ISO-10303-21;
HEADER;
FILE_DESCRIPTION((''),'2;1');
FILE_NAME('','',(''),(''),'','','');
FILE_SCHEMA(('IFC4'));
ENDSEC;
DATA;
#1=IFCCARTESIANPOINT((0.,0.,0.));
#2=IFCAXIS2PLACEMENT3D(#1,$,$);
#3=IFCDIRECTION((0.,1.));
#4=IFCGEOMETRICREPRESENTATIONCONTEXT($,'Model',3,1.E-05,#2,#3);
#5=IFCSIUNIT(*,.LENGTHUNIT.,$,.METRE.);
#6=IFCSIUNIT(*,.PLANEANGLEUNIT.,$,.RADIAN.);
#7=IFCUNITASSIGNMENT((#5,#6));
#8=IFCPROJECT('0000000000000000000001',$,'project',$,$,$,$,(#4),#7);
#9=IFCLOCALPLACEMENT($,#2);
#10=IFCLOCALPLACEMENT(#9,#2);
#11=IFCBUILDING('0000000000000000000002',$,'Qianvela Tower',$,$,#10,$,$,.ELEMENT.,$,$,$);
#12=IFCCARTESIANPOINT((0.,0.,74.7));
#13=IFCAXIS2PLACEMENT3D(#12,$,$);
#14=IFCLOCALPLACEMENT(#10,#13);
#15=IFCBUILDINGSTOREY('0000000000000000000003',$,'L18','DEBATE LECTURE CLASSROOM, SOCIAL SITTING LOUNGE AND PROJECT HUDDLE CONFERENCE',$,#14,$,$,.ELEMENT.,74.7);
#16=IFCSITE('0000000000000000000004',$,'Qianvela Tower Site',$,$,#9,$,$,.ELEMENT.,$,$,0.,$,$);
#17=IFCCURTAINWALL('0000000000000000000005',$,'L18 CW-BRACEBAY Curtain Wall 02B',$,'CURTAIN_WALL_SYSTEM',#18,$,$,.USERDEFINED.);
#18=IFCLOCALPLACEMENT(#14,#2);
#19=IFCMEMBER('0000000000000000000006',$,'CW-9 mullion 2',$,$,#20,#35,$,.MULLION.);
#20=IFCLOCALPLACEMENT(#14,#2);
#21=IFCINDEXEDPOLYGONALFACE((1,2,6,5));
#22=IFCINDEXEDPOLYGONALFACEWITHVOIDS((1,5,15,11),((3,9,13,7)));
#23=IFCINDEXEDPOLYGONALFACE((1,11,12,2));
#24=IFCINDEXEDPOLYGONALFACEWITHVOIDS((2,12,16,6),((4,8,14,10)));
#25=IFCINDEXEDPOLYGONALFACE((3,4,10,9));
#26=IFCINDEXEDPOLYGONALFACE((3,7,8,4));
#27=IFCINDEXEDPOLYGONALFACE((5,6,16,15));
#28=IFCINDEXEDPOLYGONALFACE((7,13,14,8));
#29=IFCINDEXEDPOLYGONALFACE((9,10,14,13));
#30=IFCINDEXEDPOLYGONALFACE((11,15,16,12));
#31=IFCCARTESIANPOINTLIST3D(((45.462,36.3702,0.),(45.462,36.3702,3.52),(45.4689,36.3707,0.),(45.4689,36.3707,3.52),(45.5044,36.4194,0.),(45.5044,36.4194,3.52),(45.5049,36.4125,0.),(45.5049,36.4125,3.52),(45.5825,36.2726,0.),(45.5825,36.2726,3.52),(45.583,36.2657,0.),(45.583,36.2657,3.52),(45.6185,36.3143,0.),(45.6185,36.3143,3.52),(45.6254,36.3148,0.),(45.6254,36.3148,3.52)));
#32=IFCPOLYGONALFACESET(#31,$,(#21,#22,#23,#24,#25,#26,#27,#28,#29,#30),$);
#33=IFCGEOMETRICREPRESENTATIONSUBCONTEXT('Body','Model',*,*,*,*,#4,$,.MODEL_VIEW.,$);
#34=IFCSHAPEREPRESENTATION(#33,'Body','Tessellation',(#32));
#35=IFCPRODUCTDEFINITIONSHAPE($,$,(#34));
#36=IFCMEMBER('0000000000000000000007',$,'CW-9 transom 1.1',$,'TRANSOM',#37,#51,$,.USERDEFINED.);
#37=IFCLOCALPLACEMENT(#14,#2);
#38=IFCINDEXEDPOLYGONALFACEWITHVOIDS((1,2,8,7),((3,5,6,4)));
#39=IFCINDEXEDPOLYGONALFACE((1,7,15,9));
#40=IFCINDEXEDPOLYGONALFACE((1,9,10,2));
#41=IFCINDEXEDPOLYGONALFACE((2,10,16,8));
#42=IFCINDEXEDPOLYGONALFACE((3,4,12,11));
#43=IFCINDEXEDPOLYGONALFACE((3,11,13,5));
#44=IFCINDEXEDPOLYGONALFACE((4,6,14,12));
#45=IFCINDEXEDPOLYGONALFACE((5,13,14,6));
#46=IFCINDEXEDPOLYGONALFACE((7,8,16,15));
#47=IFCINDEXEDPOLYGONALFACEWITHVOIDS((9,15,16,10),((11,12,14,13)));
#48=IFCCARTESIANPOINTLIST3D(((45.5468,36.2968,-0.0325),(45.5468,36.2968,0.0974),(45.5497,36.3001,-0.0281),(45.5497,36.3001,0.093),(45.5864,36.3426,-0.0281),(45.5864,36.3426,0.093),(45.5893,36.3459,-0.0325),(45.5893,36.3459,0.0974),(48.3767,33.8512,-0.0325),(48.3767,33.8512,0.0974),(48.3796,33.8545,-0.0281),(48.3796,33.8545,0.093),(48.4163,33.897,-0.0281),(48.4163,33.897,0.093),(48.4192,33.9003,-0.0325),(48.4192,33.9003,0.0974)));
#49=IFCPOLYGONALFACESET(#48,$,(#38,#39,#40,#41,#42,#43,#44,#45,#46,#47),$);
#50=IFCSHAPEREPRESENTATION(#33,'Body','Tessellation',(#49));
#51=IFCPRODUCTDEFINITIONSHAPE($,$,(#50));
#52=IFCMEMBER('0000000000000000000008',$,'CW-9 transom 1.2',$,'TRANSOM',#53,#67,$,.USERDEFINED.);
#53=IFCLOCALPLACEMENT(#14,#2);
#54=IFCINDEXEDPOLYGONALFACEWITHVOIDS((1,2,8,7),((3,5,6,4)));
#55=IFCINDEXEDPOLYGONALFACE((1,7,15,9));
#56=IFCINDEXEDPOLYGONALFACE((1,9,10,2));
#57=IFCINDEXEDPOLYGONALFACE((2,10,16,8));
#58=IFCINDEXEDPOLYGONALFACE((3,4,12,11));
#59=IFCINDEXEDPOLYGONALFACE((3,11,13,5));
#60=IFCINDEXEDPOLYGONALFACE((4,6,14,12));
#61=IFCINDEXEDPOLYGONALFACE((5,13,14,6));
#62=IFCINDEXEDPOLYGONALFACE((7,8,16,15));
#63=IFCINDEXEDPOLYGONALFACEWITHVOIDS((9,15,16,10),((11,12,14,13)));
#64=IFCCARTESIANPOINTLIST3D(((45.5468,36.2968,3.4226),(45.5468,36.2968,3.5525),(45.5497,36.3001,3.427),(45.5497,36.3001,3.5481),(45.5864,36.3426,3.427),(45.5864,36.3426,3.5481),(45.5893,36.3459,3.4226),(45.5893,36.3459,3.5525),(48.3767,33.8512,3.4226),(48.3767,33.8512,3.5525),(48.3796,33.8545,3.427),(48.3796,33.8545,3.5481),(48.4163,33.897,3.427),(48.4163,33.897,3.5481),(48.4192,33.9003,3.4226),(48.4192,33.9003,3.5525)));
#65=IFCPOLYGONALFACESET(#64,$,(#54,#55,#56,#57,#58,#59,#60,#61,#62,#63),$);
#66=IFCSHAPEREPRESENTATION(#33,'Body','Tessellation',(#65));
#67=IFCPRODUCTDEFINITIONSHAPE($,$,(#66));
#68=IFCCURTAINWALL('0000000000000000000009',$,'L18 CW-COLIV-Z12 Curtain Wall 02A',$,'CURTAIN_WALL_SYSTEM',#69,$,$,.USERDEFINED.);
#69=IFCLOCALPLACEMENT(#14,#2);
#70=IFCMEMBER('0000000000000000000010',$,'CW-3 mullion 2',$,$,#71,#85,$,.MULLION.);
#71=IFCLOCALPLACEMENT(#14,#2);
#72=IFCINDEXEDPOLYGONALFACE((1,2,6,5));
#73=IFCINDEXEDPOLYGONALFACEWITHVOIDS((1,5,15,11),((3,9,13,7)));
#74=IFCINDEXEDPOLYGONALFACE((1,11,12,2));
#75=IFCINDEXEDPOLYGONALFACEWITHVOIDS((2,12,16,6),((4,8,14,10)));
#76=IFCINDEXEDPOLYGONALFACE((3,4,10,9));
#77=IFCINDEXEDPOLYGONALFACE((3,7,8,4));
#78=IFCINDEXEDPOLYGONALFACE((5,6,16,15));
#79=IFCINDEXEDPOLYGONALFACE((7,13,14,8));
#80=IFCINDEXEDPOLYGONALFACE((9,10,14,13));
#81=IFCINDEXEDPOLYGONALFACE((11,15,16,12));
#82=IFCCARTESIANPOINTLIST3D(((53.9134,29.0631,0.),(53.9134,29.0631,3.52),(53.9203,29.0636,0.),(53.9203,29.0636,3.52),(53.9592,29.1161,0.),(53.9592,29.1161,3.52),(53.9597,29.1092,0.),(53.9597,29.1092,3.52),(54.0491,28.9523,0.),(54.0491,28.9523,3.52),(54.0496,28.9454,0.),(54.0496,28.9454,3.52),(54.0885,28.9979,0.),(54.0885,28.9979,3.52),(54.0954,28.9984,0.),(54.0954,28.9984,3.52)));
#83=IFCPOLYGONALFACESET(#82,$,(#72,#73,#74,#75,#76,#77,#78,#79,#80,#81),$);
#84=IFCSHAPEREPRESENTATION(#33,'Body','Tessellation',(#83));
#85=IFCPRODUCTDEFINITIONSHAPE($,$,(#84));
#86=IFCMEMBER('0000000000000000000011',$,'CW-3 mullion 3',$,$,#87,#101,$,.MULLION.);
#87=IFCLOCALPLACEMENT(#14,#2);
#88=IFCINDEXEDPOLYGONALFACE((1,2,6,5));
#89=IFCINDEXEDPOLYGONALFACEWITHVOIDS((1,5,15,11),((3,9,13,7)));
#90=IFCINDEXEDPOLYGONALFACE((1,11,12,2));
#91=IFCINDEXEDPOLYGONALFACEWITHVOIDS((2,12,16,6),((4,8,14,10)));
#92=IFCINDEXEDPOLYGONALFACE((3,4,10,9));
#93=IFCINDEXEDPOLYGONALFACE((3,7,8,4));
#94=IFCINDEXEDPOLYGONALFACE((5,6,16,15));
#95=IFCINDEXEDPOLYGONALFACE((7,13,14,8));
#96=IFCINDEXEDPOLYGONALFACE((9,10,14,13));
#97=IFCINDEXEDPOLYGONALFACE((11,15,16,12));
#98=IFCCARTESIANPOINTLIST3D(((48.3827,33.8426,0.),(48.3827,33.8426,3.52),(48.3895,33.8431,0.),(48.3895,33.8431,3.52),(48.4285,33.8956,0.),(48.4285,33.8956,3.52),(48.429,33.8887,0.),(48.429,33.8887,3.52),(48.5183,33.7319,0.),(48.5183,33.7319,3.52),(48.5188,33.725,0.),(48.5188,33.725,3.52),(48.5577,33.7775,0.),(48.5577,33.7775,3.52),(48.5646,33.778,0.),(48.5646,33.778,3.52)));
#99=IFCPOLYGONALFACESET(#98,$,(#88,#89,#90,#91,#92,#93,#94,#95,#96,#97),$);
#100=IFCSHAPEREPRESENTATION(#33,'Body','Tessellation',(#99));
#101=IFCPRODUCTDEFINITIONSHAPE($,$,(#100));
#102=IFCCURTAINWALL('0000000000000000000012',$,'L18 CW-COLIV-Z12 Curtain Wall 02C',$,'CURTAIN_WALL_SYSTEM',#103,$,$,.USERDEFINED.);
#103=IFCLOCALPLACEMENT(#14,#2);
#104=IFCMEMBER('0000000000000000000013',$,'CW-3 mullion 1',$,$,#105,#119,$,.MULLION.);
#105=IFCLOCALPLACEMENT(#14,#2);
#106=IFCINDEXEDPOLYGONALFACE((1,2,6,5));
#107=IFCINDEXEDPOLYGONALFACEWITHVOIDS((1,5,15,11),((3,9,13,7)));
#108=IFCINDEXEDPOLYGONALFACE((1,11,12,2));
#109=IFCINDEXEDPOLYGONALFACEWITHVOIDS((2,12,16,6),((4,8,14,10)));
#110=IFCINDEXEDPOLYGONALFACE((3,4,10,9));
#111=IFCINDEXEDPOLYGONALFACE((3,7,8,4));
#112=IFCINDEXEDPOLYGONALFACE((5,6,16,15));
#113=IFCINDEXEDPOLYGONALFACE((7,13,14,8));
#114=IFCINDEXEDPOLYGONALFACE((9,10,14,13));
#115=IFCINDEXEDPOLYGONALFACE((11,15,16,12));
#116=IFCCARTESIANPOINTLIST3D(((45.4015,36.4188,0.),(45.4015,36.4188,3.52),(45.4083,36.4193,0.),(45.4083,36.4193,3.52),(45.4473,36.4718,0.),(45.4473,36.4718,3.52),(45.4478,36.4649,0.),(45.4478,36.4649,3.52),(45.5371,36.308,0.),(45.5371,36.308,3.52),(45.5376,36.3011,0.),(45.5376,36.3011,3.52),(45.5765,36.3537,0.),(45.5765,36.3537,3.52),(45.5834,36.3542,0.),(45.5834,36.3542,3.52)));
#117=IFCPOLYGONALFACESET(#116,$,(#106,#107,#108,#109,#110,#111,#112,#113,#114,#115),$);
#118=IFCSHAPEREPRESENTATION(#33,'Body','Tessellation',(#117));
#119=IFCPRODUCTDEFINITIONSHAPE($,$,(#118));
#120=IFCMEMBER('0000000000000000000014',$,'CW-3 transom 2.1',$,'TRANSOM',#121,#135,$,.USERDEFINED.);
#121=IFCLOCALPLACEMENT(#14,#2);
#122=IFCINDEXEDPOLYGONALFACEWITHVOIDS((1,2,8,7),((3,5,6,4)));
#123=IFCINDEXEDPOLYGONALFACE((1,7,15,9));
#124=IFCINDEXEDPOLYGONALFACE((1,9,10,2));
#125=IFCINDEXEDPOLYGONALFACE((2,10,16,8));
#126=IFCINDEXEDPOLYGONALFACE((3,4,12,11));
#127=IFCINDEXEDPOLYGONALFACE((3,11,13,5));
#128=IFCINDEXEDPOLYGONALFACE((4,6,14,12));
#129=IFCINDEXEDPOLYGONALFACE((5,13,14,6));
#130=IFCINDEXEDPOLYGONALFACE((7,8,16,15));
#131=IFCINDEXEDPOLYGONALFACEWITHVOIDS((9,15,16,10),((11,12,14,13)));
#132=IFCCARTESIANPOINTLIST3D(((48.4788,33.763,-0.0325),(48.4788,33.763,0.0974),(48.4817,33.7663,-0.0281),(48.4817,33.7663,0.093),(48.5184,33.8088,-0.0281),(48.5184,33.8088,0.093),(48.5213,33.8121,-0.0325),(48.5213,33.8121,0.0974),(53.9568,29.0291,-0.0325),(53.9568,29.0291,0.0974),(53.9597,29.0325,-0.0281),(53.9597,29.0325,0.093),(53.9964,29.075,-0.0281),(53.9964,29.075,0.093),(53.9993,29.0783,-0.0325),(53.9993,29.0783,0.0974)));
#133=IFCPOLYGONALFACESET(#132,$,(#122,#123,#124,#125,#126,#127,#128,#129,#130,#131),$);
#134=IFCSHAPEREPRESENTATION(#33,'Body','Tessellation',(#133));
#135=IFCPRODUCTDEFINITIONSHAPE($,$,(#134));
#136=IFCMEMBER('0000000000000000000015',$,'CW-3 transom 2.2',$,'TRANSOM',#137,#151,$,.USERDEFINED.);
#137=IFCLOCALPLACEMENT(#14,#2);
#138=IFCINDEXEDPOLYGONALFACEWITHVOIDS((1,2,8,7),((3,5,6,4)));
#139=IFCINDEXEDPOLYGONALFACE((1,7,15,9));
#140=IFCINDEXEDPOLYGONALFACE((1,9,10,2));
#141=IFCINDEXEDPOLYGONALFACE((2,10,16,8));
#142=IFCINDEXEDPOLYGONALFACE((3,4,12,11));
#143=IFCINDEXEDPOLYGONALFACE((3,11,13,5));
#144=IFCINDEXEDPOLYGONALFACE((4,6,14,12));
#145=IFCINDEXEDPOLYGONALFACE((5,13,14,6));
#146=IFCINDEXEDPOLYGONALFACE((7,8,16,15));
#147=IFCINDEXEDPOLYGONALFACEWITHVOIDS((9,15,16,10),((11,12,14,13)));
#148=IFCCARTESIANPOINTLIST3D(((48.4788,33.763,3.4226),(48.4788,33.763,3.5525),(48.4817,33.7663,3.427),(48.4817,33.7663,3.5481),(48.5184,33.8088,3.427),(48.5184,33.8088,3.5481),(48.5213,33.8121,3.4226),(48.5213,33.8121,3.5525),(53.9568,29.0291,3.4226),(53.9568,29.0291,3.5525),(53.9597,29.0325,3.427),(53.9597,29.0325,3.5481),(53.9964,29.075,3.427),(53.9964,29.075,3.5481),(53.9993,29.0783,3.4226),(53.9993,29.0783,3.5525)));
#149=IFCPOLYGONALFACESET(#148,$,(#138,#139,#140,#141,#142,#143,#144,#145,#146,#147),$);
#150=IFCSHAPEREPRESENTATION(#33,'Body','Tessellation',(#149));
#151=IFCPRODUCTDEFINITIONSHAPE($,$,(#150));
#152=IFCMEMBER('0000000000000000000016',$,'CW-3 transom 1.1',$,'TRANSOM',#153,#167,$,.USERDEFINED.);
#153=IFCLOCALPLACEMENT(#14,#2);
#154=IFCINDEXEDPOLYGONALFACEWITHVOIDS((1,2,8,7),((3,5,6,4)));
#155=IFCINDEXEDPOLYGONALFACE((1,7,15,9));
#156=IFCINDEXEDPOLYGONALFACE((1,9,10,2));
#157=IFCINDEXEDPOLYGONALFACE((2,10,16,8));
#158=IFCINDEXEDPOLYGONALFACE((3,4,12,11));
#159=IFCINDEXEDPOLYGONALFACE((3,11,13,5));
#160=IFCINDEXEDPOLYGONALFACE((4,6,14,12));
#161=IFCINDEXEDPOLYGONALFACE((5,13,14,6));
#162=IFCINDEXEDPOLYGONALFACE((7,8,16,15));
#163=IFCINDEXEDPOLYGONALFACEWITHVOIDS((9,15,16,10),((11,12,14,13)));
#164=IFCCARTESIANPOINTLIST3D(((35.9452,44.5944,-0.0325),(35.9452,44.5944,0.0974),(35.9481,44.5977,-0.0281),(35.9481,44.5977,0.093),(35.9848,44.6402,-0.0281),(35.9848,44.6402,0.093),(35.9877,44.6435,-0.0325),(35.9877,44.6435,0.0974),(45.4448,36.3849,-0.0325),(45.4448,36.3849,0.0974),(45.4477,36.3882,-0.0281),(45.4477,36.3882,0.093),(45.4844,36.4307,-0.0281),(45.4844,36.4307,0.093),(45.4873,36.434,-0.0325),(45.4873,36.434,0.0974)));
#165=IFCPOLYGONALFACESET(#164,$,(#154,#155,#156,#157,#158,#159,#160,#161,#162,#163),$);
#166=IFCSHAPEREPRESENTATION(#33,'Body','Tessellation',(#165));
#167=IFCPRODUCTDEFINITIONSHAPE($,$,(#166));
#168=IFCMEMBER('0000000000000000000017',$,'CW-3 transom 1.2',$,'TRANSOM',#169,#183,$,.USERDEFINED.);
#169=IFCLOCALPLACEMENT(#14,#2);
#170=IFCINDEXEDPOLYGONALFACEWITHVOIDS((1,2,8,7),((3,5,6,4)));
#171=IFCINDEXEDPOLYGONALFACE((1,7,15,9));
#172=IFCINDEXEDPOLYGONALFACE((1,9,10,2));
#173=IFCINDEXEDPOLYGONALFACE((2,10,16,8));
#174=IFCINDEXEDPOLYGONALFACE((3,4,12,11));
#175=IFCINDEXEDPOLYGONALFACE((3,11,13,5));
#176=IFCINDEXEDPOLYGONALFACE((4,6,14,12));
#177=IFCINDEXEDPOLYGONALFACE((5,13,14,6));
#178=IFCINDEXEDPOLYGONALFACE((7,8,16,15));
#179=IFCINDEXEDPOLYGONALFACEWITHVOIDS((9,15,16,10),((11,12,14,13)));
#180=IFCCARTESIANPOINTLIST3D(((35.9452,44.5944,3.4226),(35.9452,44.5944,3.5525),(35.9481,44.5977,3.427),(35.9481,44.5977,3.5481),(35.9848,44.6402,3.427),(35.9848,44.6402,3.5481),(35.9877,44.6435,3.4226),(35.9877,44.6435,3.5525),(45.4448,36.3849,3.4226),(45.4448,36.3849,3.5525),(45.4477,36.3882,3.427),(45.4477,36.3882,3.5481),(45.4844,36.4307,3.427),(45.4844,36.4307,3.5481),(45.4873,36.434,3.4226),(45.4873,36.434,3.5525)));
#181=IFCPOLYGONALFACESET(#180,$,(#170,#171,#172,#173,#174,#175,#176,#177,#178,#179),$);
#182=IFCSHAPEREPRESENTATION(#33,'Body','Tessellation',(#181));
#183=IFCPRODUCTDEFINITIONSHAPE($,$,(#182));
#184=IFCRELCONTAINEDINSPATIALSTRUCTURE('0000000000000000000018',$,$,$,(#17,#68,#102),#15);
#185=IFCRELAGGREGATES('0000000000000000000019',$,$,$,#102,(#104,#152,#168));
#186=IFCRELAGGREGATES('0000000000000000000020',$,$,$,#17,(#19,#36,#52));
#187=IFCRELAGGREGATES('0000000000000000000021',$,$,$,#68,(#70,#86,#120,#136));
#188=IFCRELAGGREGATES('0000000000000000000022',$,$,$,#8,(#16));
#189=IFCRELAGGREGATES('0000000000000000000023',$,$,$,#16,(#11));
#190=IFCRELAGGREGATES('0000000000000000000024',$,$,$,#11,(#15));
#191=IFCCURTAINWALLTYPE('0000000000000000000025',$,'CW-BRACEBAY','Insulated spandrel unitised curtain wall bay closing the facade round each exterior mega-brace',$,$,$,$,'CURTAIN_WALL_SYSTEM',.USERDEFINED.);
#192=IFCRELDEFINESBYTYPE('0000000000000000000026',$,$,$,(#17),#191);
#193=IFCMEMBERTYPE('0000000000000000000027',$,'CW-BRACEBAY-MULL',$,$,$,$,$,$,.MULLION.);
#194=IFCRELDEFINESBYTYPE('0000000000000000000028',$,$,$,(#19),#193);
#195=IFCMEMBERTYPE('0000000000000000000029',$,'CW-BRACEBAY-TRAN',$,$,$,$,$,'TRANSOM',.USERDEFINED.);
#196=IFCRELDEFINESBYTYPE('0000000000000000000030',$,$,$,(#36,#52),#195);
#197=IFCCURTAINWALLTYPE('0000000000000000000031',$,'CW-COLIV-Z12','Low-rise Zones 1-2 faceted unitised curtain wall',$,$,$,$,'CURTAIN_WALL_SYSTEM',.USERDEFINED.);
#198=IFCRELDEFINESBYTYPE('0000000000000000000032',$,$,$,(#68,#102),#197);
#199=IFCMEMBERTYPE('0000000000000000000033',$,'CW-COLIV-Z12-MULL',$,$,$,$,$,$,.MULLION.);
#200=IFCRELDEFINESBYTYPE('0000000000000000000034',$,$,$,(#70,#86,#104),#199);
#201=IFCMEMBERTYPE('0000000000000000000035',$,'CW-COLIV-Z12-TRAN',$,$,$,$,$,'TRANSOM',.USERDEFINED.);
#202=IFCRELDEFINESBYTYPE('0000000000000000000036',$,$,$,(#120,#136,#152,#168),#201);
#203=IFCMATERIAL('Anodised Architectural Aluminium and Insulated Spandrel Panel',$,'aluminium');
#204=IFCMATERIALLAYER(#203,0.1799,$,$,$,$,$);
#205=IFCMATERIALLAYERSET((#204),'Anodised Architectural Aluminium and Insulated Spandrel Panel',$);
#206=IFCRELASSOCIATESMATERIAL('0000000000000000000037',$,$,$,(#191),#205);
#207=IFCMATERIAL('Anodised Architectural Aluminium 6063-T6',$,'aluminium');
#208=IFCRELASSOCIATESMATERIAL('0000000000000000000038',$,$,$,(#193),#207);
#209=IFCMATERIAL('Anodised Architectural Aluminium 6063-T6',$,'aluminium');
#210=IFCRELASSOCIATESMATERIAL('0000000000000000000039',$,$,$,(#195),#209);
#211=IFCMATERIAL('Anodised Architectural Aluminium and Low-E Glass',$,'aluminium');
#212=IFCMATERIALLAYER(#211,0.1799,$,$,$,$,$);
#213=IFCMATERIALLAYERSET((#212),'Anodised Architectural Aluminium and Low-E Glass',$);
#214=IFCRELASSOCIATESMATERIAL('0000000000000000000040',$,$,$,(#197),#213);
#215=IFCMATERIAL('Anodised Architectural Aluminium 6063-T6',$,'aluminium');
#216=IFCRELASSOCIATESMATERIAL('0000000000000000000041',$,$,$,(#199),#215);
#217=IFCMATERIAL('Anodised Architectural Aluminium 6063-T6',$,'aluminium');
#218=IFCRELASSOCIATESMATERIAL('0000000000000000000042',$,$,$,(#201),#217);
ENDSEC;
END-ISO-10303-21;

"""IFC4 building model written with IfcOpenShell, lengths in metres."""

from ifc_helpers import new_model, si_unit, direction, frame, origin, origin_2d, place, context, subcontext, project, spatial, hollow_rectangle, extrude, material, layer, layer_set, material_profile, profile_set, type_object, element, aggregate, save


model = new_model("IFC4")

# Units and contexts
model_context = context("Model", 3, precision=1e-05, world=origin(), true_north=direction((0.0, 1.0)))
body_context = subcontext(model_context, "Body", "Model", "MODEL_VIEW")
ifc_project = project(units=[si_unit("LENGTHUNIT", "METRE"), si_unit("PLANEANGLEUNIT", "RADIAN")], contexts=[model_context])

# Site, building, storey
site_placement = place(None, origin())
site = spatial("IfcSite", under=ifc_project, at=site_placement, Name="Qianvela Tower Site", CompositionType="ELEMENT", RefElevation=0.0)
building_placement = place(site_placement, origin())
building = spatial("IfcBuilding", under=site, at=building_placement, Name="Qianvela Tower", CompositionType="ELEMENT")
storey_placement = place(building_placement, frame((0.0, 0.0, 74.7)))
storey = spatial("IfcBuildingStorey", under=building, at=storey_placement, Name="L18", Description="DEBATE LECTURE CLASSROOM, SOCIAL SITTING LOUNGE AND PROJECT HUDDLE CONFERENCE", CompositionType="ELEMENT", Elevation=74.7)

# Curtain walls, members
ifc_material_1 = material(Name="Anodised Architectural Aluminium and Insulated Spandrel Panel", Category="aluminium")
ifc_layer_1 = layer(ifc_material_1, 0.1799)
ifc_layer_set_1 = layer_set([ifc_layer_1], Name="Anodised Architectural Aluminium and Insulated Spandrel Panel")
curtain_wall_type_1 = type_object("IfcCurtainWallType", Name="CW-BRACEBAY", Description="Insulated spandrel unitised curtain wall bay closing the facade round each exterior mega-brace", ElementType="CURTAIN_WALL_SYSTEM", PredefinedType="USERDEFINED", material=ifc_layer_set_1)
curtain_wall_1_placement = place(storey_placement, origin())
curtain_wall_1 = element("IfcCurtainWall", 1, at=curtain_wall_1_placement, inside=storey, type_object=curtain_wall_type_1, Name="L18 CW-BRACEBAY Curtain Wall 02B", ObjectType="CURTAIN_WALL_SYSTEM", PredefinedType="USERDEFINED")
ifc_material_2 = material(Name="Anodised Architectural Aluminium 6063-T6", Category="aluminium")
ifc_material_profile_1 = material_profile(ifc_material_2, hollow_rectangle(XDim=0.0649, YDim=0.1599, WallThickness=0.0049, at=origin_2d()), Name="ALU-MULL-65x160")
ifc_profile_set_1 = profile_set([ifc_material_profile_1], Name="Anodised Architectural Aluminium 6063-T6")
member_type_1 = type_object("IfcMemberType", Name="CW-BRACEBAY-MULL", PredefinedType="MULLION", material=ifc_profile_set_1)
member_1_placement = place(storey_placement, frame((45.5437, 36.3425, 0.0), z_axis=(0.0, 0.0, 1.0), x_axis=(-0.653855, -0.75662, 0.0)))
member_1 = element("IfcMember", 2, at=member_1_placement, type_object=member_type_1, Name="CW-9 mullion 2", PredefinedType="MULLION", context=body_context, shape_type="SweptSolid", body=[
    extrude(hollow_rectangle(XDim=0.0649, YDim=0.1599, WallThickness=0.0049, at=origin_2d()), origin(), (0.0, 0.0, 1.0), 3.52),
])
ifc_material_3 = material(Name="Anodised Architectural Aluminium 6063-T6", Category="aluminium")
ifc_material_profile_2 = material_profile(ifc_material_3, hollow_rectangle(XDim=0.0649, YDim=0.1299, WallThickness=0.0044, at=origin_2d()), Name="ALU-TRAN-65x130")
ifc_profile_set_2 = profile_set([ifc_material_profile_2], Name="Anodised Architectural Aluminium 6063-T6")
member_type_2 = type_object("IfcMemberType", Name="CW-BRACEBAY-TRAN", ElementType="TRANSOM", PredefinedType="USERDEFINED", material=ifc_profile_set_2)
member_2_placement = place(storey_placement, frame((48.3979, 33.8757, 0.0325), z_axis=(-0.75661, 0.653866, 0.0), x_axis=(-0.653866, -0.75661, 0.0)))
member_2 = element("IfcMember", 3, at=member_2_placement, type_object=member_type_2, Name="CW-9 transom 1.1", ObjectType="TRANSOM", PredefinedType="USERDEFINED", context=body_context, shape_type="SweptSolid", body=[
    extrude(hollow_rectangle(XDim=0.0649, YDim=0.1299, WallThickness=0.0044, at=origin_2d()), origin(), (0.0, 0.0, 1.0), 3.7402),
])
member_3_placement = place(storey_placement, frame((48.3979, 33.8757, 3.4875), z_axis=(-0.75661, 0.653866, 0.0), x_axis=(-0.653866, -0.75661, 0.0)))
member_3 = element("IfcMember", 4, at=member_3_placement, type_object=member_type_2, Name="CW-9 transom 1.2", ObjectType="TRANSOM", PredefinedType="USERDEFINED", context=body_context, shape_type="SweptSolid", body=[
    extrude(hollow_rectangle(XDim=0.0649, YDim=0.1299, WallThickness=0.0044, at=origin_2d()), origin(), (0.0, 0.0, 1.0), 3.7402),
])
ifc_material_4 = material(Name="Anodised Architectural Aluminium and Low-E Glass", Category="aluminium")
ifc_layer_2 = layer(ifc_material_4, 0.1799)
ifc_layer_set_2 = layer_set([ifc_layer_2], Name="Anodised Architectural Aluminium and Low-E Glass")
curtain_wall_type_2 = type_object("IfcCurtainWallType", Name="CW-COLIV-Z12", Description="Low-rise Zones 1-2 faceted unitised curtain wall", ElementType="CURTAIN_WALL_SYSTEM", PredefinedType="USERDEFINED", material=ifc_layer_set_2)
curtain_wall_2_placement = place(storey_placement, origin())
curtain_wall_2 = element("IfcCurtainWall", 5, at=curtain_wall_2_placement, inside=storey, type_object=curtain_wall_type_2, Name="L18 CW-COLIV-Z12 Curtain Wall 02A", ObjectType="CURTAIN_WALL_SYSTEM", PredefinedType="USERDEFINED")
ifc_material_5 = material(Name="Anodised Architectural Aluminium 6063-T6", Category="aluminium")
ifc_material_profile_3 = material_profile(ifc_material_5, hollow_rectangle(XDim=0.0701, YDim=0.1799, WallThickness=0.0049, at=origin_2d()), Name="ALU-MULL-70x180")
ifc_profile_set_3 = profile_set([ifc_material_profile_3], Name="Anodised Architectural Aluminium 6063-T6")
member_type_3 = type_object("IfcMemberType", Name="CW-COLIV-Z12-MULL", PredefinedType="MULLION", material=ifc_profile_set_3)
member_4_placement = place(storey_placement, frame((54.0044, 29.0308, 0.0), z_axis=(0.0, 0.0, 1.0), x_axis=(-0.653852, -0.756622, 0.0)))
member_4 = element("IfcMember", 6, at=member_4_placement, type_object=member_type_3, Name="CW-3 mullion 2", PredefinedType="MULLION", context=body_context, shape_type="SweptSolid", body=[
    extrude(hollow_rectangle(XDim=0.0701, YDim=0.1799, WallThickness=0.0049, at=origin_2d()), origin(), (0.0, 0.0, 1.0), 3.52),
])
member_5_placement = place(storey_placement, frame((48.4736, 33.8103, 0.0), z_axis=(0.0, 0.0, 1.0), x_axis=(-0.653852, -0.756622, 0.0)))
member_5 = element("IfcMember", 7, at=member_5_placement, type_object=member_type_3, Name="CW-3 mullion 3", PredefinedType="MULLION", context=body_context, shape_type="SweptSolid", body=[
    extrude(hollow_rectangle(XDim=0.0701, YDim=0.1799, WallThickness=0.0049, at=origin_2d()), origin(), (0.0, 0.0, 1.0), 3.52),
])

# Curtain wall, member
curtain_wall_3_placement = place(storey_placement, origin())
curtain_wall_3 = element("IfcCurtainWall", 8, at=curtain_wall_3_placement, inside=storey, type_object=curtain_wall_type_2, Name="L18 CW-COLIV-Z12 Curtain Wall 02C", ObjectType="CURTAIN_WALL_SYSTEM", PredefinedType="USERDEFINED")
member_6_placement = place(storey_placement, frame((45.4924, 36.3865, 0.0), z_axis=(0.0, 0.0, 1.0), x_axis=(-0.653856, -0.756619, 0.0)))
member_6 = element("IfcMember", 9, at=member_6_placement, type_object=member_type_3, Name="CW-3 mullion 1", PredefinedType="MULLION", context=body_context, shape_type="SweptSolid", body=[
    extrude(hollow_rectangle(XDim=0.0701, YDim=0.1799, WallThickness=0.0049, at=origin_2d()), origin(), (0.0, 0.0, 1.0), 3.52),
])

# Members
ifc_material_6 = material(Name="Anodised Architectural Aluminium 6063-T6", Category="aluminium")
ifc_material_profile_4 = material_profile(ifc_material_6, hollow_rectangle(XDim=0.0649, YDim=0.1299, WallThickness=0.0044, at=origin_2d()), Name="ALU-TRAN-65x130")
ifc_profile_set_4 = profile_set([ifc_material_profile_4], Name="Anodised Architectural Aluminium 6063-T6")
member_type_4 = type_object("IfcMemberType", Name="CW-COLIV-Z12-TRAN", ElementType="TRANSOM", PredefinedType="USERDEFINED", material=ifc_profile_set_4)
member_7_placement = place(storey_placement, frame((53.978, 29.0537, 0.0325), z_axis=(-0.756627, 0.653846, 0.0), x_axis=(-0.653846, -0.756627, 0.0)))
member_7 = element("IfcMember", 10, at=member_7_placement, type_object=member_type_4, Name="CW-3 transom 2.1", ObjectType="TRANSOM", PredefinedType="USERDEFINED", context=body_context, shape_type="SweptSolid", body=[
    extrude(hollow_rectangle(XDim=0.0649, YDim=0.1299, WallThickness=0.0044, at=origin_2d()), origin(), (0.0, 0.0, 1.0), 7.24),
])
member_8_placement = place(storey_placement, frame((53.978, 29.0537, 3.4875), z_axis=(-0.756627, 0.653846, 0.0), x_axis=(-0.653846, -0.756627, 0.0)))
member_8 = element("IfcMember", 11, at=member_8_placement, type_object=member_type_4, Name="CW-3 transom 2.2", ObjectType="TRANSOM", PredefinedType="USERDEFINED", context=body_context, shape_type="SweptSolid", body=[
    extrude(hollow_rectangle(XDim=0.0649, YDim=0.1299, WallThickness=0.0044, at=origin_2d()), origin(), (0.0, 0.0, 1.0), 7.24),
])
member_9_placement = place(storey_placement, frame((45.4661, 36.4094, 0.0325), z_axis=(-0.756612, 0.653864, 0.0), x_axis=(-0.653864, -0.756612, 0.0)))
member_9 = element("IfcMember", 12, at=member_9_placement, type_object=member_type_4, Name="CW-3 transom 1.1", ObjectType="TRANSOM", PredefinedType="USERDEFINED", context=body_context, shape_type="SweptSolid", body=[
    extrude(hollow_rectangle(XDim=0.0649, YDim=0.1299, WallThickness=0.0044, at=origin_2d()), origin(), (0.0, 0.0, 1.0), 12.5554),
])
member_10_placement = place(storey_placement, frame((45.4661, 36.4094, 3.4875), z_axis=(-0.756612, 0.653864, 0.0), x_axis=(-0.653864, -0.756612, 0.0)))
member_10 = element("IfcMember", 13, at=member_10_placement, type_object=member_type_4, Name="CW-3 transom 1.2", ObjectType="TRANSOM", PredefinedType="USERDEFINED", context=body_context, shape_type="SweptSolid", body=[
    extrude(hollow_rectangle(XDim=0.0649, YDim=0.1299, WallThickness=0.0044, at=origin_2d()), origin(), (0.0, 0.0, 1.0), 12.5554),
])
aggregate(curtain_wall_3, [member_6, member_9, member_10])

aggregate(curtain_wall_1, [member_1, member_2, member_3])
aggregate(curtain_wall_2, [member_4, member_5, member_7, member_8])

save(model, "model.ifc")
